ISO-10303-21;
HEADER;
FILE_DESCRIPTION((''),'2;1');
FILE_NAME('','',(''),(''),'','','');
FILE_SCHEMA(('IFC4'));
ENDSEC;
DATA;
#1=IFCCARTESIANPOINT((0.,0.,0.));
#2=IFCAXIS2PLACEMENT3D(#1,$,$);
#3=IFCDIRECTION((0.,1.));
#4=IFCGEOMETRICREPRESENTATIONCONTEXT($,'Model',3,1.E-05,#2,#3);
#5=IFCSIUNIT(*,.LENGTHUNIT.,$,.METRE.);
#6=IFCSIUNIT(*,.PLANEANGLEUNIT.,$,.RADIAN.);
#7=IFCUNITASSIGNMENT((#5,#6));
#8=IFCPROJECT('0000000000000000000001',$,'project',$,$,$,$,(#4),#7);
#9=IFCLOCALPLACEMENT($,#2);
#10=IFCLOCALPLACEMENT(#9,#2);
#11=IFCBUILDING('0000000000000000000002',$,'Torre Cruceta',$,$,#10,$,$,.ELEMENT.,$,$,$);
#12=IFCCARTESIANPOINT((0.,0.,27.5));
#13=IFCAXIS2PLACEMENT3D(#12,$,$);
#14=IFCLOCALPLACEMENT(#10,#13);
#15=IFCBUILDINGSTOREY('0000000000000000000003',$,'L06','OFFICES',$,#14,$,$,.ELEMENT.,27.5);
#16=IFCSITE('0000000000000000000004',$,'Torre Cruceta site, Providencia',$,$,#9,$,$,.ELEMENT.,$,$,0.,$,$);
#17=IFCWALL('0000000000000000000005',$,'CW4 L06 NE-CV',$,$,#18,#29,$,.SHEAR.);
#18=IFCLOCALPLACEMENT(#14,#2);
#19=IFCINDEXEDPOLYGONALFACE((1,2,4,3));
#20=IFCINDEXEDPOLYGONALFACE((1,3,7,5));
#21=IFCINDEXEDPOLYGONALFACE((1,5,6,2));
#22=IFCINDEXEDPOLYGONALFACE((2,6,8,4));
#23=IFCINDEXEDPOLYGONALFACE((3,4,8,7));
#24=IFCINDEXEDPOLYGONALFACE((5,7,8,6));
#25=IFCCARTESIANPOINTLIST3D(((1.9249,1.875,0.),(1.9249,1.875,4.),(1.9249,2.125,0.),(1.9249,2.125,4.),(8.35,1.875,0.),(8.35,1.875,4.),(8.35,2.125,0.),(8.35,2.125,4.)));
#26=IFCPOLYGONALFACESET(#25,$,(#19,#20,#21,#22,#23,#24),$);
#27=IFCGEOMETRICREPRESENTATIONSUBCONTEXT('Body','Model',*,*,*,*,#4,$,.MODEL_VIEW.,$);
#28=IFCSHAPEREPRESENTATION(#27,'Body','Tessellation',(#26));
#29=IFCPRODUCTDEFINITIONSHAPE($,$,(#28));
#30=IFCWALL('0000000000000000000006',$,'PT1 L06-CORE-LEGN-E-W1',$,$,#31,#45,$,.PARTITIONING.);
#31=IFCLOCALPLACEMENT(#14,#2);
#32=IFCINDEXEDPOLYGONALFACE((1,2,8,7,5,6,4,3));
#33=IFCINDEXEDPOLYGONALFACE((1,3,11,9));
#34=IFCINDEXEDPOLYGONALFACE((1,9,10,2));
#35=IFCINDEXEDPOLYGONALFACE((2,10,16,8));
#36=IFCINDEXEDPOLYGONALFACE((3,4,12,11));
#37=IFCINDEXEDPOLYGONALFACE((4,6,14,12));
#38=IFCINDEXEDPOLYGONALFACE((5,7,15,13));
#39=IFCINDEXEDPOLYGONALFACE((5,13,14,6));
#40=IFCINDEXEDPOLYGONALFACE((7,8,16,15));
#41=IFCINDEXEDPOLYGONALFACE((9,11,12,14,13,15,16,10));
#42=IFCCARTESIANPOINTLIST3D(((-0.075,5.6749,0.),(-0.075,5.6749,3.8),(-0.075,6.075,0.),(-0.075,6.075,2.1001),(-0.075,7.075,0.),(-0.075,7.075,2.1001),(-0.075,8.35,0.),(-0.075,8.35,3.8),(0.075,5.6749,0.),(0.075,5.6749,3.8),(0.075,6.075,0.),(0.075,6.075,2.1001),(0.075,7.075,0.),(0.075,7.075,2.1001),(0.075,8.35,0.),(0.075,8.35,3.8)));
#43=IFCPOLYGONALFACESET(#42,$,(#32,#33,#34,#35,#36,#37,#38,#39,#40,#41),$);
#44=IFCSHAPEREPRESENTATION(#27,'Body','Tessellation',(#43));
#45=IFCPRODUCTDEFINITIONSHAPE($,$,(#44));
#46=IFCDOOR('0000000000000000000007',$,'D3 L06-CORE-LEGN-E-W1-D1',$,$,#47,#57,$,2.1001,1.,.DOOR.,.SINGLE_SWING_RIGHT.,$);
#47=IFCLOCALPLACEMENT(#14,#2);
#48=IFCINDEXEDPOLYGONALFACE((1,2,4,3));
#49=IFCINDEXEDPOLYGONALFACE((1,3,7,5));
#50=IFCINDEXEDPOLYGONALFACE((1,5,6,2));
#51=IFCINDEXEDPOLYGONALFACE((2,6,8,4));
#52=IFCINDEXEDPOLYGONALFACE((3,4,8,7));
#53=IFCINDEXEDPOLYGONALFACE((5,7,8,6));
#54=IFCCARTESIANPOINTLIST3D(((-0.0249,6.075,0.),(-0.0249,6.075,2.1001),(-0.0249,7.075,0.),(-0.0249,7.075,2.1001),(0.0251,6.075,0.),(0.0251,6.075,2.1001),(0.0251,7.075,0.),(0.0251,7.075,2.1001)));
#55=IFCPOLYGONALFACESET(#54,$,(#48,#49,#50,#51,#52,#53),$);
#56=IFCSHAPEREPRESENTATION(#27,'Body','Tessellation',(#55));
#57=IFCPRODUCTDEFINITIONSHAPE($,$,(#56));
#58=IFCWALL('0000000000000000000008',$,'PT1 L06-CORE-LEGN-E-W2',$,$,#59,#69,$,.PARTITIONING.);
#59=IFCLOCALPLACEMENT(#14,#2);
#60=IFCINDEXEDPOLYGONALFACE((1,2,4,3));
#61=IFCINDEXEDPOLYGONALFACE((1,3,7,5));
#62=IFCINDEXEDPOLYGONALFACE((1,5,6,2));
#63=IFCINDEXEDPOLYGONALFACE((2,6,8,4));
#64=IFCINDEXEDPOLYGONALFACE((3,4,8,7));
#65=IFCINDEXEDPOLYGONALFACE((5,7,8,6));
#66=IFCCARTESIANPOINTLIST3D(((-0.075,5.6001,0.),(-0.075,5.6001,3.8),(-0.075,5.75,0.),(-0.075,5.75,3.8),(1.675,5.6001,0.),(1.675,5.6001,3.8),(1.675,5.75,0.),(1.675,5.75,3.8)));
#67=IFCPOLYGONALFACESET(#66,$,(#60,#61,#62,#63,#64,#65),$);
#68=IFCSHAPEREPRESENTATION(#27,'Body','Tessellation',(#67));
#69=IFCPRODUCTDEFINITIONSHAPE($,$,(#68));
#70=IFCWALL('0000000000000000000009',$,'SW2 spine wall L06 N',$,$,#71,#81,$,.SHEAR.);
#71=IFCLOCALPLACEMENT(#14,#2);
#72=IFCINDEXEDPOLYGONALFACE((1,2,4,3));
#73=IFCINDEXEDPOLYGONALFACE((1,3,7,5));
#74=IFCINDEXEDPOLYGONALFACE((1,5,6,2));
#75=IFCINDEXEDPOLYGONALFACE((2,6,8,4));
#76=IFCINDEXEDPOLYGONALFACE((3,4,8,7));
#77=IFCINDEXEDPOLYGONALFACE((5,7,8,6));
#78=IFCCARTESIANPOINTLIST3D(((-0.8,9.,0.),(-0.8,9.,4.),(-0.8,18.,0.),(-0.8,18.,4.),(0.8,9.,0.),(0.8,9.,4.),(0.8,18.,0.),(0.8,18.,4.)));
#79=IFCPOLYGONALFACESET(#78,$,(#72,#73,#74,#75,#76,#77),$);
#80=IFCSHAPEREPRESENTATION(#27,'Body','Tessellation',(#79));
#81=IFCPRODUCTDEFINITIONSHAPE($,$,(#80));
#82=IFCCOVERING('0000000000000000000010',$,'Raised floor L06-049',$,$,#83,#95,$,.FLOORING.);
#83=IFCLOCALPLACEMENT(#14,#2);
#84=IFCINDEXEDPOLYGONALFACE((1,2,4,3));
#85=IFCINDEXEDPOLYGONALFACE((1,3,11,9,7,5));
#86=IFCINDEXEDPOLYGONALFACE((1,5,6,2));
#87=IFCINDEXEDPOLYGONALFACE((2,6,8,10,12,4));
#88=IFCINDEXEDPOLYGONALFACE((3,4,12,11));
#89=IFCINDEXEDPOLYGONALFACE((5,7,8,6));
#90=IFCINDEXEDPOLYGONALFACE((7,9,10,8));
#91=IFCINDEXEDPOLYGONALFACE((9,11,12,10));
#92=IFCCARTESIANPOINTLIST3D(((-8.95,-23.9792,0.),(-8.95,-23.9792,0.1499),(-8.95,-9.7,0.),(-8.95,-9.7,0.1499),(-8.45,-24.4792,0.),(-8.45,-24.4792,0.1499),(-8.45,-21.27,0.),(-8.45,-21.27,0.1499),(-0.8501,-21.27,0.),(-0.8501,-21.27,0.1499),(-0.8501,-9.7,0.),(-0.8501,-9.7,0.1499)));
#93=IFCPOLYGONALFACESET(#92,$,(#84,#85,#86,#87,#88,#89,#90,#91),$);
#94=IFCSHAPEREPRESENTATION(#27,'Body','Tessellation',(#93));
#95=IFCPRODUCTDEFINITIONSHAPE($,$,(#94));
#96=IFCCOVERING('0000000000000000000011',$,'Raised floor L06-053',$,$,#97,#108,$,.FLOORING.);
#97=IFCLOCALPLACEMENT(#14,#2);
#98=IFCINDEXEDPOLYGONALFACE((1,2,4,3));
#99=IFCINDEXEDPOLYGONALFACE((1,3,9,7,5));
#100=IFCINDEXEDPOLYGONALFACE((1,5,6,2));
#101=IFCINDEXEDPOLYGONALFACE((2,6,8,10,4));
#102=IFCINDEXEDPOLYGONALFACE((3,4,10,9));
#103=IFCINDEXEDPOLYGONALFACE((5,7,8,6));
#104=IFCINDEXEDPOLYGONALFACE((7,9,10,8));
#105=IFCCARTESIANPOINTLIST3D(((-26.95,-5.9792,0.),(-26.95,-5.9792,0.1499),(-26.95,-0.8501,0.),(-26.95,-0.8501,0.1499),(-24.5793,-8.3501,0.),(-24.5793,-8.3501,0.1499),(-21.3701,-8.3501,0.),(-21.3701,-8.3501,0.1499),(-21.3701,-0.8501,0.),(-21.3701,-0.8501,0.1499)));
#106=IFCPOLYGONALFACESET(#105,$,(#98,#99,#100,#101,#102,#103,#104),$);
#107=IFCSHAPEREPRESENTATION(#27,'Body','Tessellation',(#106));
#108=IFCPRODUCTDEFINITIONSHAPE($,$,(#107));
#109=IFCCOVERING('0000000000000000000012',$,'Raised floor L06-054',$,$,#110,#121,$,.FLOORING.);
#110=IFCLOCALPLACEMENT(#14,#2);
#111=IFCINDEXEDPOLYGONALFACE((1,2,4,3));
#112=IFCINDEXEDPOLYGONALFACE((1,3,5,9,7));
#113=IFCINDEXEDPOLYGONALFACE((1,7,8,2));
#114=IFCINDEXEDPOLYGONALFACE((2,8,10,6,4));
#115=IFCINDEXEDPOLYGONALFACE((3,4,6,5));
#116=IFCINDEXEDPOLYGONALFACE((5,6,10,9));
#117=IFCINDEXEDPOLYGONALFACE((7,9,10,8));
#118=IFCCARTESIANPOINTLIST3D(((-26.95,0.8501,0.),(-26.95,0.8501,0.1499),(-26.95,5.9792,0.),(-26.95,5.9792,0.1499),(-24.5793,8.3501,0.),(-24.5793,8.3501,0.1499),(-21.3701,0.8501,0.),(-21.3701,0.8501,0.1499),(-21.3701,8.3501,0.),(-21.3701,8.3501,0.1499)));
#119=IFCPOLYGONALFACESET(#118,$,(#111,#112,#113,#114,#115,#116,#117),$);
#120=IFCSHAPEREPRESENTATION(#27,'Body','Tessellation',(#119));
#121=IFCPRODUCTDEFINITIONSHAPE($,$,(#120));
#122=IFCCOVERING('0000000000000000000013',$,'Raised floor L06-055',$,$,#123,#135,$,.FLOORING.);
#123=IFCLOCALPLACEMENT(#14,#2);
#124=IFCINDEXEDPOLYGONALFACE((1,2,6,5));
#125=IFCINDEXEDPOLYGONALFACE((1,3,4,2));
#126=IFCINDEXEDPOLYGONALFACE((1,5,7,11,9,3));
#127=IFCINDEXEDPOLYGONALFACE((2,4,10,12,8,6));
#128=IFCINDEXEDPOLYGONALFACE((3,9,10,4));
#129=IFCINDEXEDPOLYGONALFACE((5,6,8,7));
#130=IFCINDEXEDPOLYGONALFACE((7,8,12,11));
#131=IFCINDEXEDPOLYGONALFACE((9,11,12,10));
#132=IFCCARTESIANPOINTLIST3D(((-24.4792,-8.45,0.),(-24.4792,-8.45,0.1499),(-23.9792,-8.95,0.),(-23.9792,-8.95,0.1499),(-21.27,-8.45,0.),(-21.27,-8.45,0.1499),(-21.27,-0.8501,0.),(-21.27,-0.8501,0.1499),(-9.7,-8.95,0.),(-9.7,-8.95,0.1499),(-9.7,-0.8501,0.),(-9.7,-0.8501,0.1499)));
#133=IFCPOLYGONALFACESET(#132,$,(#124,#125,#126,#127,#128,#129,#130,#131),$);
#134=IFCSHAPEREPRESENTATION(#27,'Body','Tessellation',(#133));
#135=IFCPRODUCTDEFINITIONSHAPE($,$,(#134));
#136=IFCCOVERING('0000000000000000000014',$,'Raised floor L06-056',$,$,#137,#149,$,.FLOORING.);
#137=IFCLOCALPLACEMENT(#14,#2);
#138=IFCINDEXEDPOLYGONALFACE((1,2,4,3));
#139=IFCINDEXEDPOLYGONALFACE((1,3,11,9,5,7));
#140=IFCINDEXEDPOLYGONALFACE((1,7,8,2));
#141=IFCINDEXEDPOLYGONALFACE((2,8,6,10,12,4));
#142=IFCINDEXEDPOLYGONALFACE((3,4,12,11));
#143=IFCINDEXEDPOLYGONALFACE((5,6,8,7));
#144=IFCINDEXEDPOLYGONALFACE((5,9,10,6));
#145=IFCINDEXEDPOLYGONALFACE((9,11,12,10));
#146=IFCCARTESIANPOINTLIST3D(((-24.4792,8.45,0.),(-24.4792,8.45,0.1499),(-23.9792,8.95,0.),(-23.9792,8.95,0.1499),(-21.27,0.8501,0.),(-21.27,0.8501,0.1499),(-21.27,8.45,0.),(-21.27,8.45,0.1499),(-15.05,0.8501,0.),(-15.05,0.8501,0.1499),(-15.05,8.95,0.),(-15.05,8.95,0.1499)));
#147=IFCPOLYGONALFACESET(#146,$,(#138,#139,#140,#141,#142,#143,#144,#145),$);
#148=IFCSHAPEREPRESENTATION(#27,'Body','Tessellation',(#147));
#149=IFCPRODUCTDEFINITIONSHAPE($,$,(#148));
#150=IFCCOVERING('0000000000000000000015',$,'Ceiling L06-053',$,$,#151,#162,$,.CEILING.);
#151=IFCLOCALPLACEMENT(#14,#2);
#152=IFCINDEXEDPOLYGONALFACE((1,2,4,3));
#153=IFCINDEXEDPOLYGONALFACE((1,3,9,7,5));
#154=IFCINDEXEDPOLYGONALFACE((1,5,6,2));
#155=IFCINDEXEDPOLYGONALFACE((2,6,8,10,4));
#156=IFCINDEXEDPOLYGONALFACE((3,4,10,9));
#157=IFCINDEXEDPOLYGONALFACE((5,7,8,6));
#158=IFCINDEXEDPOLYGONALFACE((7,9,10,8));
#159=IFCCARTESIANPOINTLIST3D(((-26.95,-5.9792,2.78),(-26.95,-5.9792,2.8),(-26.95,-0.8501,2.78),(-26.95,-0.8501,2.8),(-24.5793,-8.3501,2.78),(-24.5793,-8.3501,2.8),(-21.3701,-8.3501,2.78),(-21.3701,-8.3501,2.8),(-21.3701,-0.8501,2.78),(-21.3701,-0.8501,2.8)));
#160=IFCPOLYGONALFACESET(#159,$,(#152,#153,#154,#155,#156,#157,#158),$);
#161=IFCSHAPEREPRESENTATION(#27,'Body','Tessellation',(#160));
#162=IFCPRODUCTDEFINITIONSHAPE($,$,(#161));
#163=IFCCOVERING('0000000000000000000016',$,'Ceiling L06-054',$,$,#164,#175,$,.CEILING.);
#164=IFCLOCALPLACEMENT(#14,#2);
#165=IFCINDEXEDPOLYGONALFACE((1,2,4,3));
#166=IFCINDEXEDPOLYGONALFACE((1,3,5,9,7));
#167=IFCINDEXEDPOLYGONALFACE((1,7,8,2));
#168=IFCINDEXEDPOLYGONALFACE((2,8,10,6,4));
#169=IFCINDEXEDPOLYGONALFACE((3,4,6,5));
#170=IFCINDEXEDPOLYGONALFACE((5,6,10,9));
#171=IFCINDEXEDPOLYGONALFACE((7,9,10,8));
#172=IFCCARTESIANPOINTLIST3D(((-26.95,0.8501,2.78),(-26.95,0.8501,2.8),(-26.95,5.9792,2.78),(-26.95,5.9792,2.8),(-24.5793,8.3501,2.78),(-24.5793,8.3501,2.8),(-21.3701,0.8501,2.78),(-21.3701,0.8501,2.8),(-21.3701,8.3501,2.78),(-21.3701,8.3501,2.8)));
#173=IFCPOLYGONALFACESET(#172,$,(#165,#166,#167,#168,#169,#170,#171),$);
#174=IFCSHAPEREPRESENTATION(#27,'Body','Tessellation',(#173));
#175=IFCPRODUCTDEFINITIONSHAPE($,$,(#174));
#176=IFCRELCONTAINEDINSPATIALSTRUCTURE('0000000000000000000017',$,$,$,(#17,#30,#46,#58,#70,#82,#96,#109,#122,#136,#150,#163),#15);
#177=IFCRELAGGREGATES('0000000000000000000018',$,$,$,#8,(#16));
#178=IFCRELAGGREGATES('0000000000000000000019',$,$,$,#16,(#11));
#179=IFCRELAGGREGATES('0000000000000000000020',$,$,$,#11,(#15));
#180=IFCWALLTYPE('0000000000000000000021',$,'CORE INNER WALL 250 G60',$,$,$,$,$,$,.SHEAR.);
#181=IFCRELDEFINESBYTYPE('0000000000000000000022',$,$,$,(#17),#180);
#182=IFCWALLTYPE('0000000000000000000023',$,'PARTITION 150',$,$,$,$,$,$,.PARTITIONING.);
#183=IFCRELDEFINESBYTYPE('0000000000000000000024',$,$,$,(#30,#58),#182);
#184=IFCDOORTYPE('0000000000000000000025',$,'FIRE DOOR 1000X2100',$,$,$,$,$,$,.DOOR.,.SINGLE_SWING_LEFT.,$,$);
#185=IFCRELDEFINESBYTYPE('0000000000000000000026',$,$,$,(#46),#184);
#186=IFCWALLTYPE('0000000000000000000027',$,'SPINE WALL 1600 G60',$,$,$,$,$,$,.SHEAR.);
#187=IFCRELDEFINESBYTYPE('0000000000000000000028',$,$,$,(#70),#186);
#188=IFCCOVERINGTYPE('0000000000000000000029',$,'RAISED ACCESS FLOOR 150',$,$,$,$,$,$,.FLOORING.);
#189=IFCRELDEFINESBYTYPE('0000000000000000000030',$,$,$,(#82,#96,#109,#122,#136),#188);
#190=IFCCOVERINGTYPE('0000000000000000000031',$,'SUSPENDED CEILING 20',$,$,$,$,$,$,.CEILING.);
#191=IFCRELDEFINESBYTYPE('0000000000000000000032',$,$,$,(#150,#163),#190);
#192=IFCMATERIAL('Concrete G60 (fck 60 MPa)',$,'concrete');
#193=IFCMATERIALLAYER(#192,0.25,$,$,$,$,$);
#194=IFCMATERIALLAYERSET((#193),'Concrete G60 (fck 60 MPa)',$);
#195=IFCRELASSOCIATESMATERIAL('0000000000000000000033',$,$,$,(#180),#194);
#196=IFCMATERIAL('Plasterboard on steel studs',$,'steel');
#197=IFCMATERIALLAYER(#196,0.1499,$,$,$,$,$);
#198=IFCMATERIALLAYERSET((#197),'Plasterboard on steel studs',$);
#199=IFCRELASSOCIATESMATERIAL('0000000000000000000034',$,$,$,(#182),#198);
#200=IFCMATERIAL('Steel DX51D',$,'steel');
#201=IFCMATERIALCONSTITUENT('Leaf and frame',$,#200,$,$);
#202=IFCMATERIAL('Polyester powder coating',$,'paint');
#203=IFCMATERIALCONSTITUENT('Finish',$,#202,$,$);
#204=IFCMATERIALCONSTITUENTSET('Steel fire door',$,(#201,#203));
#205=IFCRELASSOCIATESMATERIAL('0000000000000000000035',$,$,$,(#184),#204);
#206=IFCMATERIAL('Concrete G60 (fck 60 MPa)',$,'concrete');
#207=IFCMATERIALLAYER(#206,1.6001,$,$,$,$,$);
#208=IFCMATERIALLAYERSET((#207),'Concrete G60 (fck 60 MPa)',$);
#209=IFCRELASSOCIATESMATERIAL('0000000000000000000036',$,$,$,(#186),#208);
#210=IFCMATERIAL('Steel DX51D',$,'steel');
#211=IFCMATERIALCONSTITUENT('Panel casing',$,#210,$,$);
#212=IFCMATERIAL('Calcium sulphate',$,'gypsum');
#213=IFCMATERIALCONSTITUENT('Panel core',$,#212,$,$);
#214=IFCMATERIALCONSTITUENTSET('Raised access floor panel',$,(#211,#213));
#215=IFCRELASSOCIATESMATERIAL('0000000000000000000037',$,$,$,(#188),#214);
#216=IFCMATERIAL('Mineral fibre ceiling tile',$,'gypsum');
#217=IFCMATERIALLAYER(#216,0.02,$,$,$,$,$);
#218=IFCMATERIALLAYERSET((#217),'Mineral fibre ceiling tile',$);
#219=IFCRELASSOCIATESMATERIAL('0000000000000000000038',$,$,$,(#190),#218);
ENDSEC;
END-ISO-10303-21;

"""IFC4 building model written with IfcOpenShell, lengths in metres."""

from ifc_helpers import new_model, si_unit, direction, frame, frame_2d, origin, place, context, subcontext, project, spatial, polyline, rectangle, outline, extrude, material, layer, layer_set, constituent, constituent_set, type_object, element, fill, save


model = new_model("IFC4")

# Units and contexts
model_context = context("Model", 3, precision=1e-05, world=origin(), true_north=direction((0.0, 1.0)))
body_context = subcontext(model_context, "Body", "Model", "MODEL_VIEW")
ifc_project = project(units=[si_unit("LENGTHUNIT", "METRE"), si_unit("PLANEANGLEUNIT", "RADIAN")], contexts=[model_context])

# Site, building, storey
site_placement = place(None, origin())
site = spatial("IfcSite", under=ifc_project, at=site_placement, Name="Torre Cruceta site, Providencia", CompositionType="ELEMENT", RefElevation=0.0)
building_placement = place(site_placement, origin())
building = spatial("IfcBuilding", under=site, at=building_placement, Name="Torre Cruceta", CompositionType="ELEMENT")
storey_placement = place(building_placement, frame((0.0, 0.0, 27.5)))
storey = spatial("IfcBuildingStorey", under=building, at=storey_placement, Name="L06", Description="OFFICES", CompositionType="ELEMENT", Elevation=27.5)

# Shared definitions
ifc_material_1 = material(Name="Concrete G60 (fck 60 MPa)", Category="concrete")
ifc_layer_1 = layer(ifc_material_1, 0.25)
ifc_layer_set_1 = layer_set([ifc_layer_1], Name="Concrete G60 (fck 60 MPa)")
wall_type_1 = type_object("IfcWallType", Name="CORE INNER WALL 250 G60", PredefinedType="SHEAR", material=ifc_layer_set_1)

# Wall
wall_1_placement = place(storey_placement, frame((1.925, 2.0, 0.0), z_axis=(0.0, 0.0, 1.0), x_axis=(1.0, 0.0, 0.0)))
element("IfcWall", 1, at=wall_1_placement, inside=storey, type_object=wall_type_1, Name="CW4 L06 NE-CV", PredefinedType="SHEAR", context=body_context, shape_type="SweptSolid", body=[
    extrude(rectangle(XDim=6.425, YDim=0.25, at=frame_2d((3.2124, 0.0))), origin(), (0.0, 0.0, 1.0), 4.0),
])

# Wall, opening, door
ifc_material_2 = material(Name="Plasterboard on steel studs", Category="steel")
ifc_layer_2 = layer(ifc_material_2, 0.1499)
ifc_layer_set_2 = layer_set([ifc_layer_2], Name="Plasterboard on steel studs")
wall_type_2 = type_object("IfcWallType", Name="PARTITION 150", PredefinedType="PARTITIONING", material=ifc_layer_set_2)
wall_2_placement = place(storey_placement, frame((0.0, 5.675, 0.0), z_axis=(0.0, 0.0, 1.0), x_axis=(0.0, 1.0, 0.0)))
wall_2 = element("IfcWall", 2, at=wall_2_placement, inside=storey, type_object=wall_type_2, Name="PT1 L06-CORE-LEGN-E-W1", PredefinedType="PARTITIONING", context=body_context, shape_type="SweptSolid", body=[
    extrude(rectangle(XDim=2.675, YDim=0.1499, at=frame_2d((1.3374, 0.0))), origin(), (0.0, 0.0, 1.0), 3.8),
])
opening_1_placement = place(wall_2_placement, frame((0.3999, 0.0, 0.0)))
opening_1 = element("IfcOpeningElement", 3, at=opening_1_placement, cuts=wall_2, PredefinedType="OPENING", context=body_context, shape_type="SweptSolid", body=[
    extrude(rectangle(XDim=1.0, YDim=2.1001, at=frame_2d((0.5, 1.05))), frame((0.0, 0.085, 0.0), z_axis=(0.0, -1.0, 0.0), x_axis=(1.0, 0.0, 0.0)), (0.0, 0.0, 1.0), 0.1699),
])
ifc_material_3 = material(Name="Steel DX51D", Category="steel")
ifc_constituent_1 = constituent(ifc_material_3, Name="Leaf and frame")
ifc_material_4 = material(Name="Polyester powder coating", Category="paint")
ifc_constituent_2 = constituent(ifc_material_4, Name="Finish")
ifc_constituent_set_1 = constituent_set(constituents=[ifc_constituent_1, ifc_constituent_2], Name="Steel fire door")
door_type_1 = type_object("IfcDoorType", Name="FIRE DOOR 1000X2100", OperationType="SINGLE_SWING_LEFT", PredefinedType="DOOR", material=ifc_constituent_set_1)
door_1_placement = place(opening_1_placement, frame((1.0, 0.0, 0.0), z_axis=(0.0, 0.0, 1.0), x_axis=(-1.0, 0.0, 0.0)))
door_1 = element("IfcDoor", 4, at=door_1_placement, inside=storey, type_object=door_type_1, Name="D3 L06-CORE-LEGN-E-W1-D1", OperationType="SINGLE_SWING_RIGHT", OverallHeight=2.1001, OverallWidth=1.0, PredefinedType="DOOR", context=body_context, shape_type="SweptSolid", body=[
    extrude(rectangle(XDim=1.0, YDim=2.1001, at=frame_2d((0.5, 1.05))), frame((0.0, 0.0251, 0.0), z_axis=(0.0, -1.0, 0.0), x_axis=(1.0, 0.0, 0.0)), (0.0, 0.0, 1.0), 0.05),
])
fill(opening_1, door_1)

# Walls
wall_3_placement = place(storey_placement, frame((1.675, 5.675, 0.0), z_axis=(0.0, 0.0, 1.0), x_axis=(-1.0, 0.0, 0.0)))
element("IfcWall", 5, at=wall_3_placement, inside=storey, type_object=wall_type_2, Name="PT1 L06-CORE-LEGN-E-W2", PredefinedType="PARTITIONING", context=body_context, shape_type="SweptSolid", body=[
    extrude(rectangle(XDim=1.75, YDim=0.1499, at=frame_2d((0.875, 0.0))), origin(), (0.0, 0.0, 1.0), 3.8),
])
ifc_material_5 = material(Name="Concrete G60 (fck 60 MPa)", Category="concrete")
ifc_layer_3 = layer(ifc_material_5, 1.6001)
ifc_layer_set_3 = layer_set([ifc_layer_3], Name="Concrete G60 (fck 60 MPa)")
wall_type_3 = type_object("IfcWallType", Name="SPINE WALL 1600 G60", PredefinedType="SHEAR", material=ifc_layer_set_3)
wall_4_placement = place(storey_placement, frame((0.0, 9.0, 0.0), z_axis=(0.0, 0.0, 1.0), x_axis=(0.0, 1.0, 0.0)))
element("IfcWall", 6, at=wall_4_placement, inside=storey, type_object=wall_type_3, Name="SW2 spine wall L06 N", PredefinedType="SHEAR", context=body_context, shape_type="SweptSolid", body=[
    extrude(rectangle(XDim=9.0, YDim=1.6001, at=frame_2d((4.5, 0.0))), origin(), (0.0, 0.0, 1.0), 4.0),
])

# Coverings
ifc_material_6 = material(Name="Steel DX51D", Category="steel")
ifc_constituent_3 = constituent(ifc_material_6, Name="Panel casing")
ifc_material_7 = material(Name="Calcium sulphate", Category="gypsum")
ifc_constituent_4 = constituent(ifc_material_7, Name="Panel core")
ifc_constituent_set_2 = constituent_set(constituents=[ifc_constituent_3, ifc_constituent_4], Name="Raised access floor panel")
covering_type_1 = type_object("IfcCoveringType", Name="RAISED ACCESS FLOOR 150", PredefinedType="FLOORING", material=ifc_constituent_set_2)
covering_1_placement = place(storey_placement, origin())
element("IfcCovering", 7, at=covering_1_placement, inside=storey, type_object=covering_type_1, Name="Raised floor L06-049", PredefinedType="FLOORING", context=body_context, shape_type="SweptSolid", body=[
    extrude(outline(polyline([(-8.45, -21.27), (-8.45, -24.4792), (-8.95, -23.9792), (-8.95, -9.7), (-0.8501, -9.7), (-0.8501, -21.27), (-8.45, -21.27)])), origin(), (0.0, 0.0, 1.0), 0.1499),
])
covering_2_placement = place(storey_placement, origin())
element("IfcCovering", 8, at=covering_2_placement, inside=storey, type_object=covering_type_1, Name="Raised floor L06-053", PredefinedType="FLOORING", context=body_context, shape_type="SweptSolid", body=[
    extrude(outline(polyline([(-26.95, -0.8501), (-21.3701, -0.8501), (-21.3701, -8.3501), (-24.5793, -8.3501), (-26.95, -5.9792), (-26.95, -0.8501)])), origin(), (0.0, 0.0, 1.0), 0.1499),
])
covering_3_placement = place(storey_placement, origin())
element("IfcCovering", 9, at=covering_3_placement, inside=storey, type_object=covering_type_1, Name="Raised floor L06-054", PredefinedType="FLOORING", context=body_context, shape_type="SweptSolid", body=[
    extrude(outline(polyline([(-24.5793, 8.3501), (-21.3701, 8.3501), (-21.3701, 0.8501), (-26.95, 0.8501), (-26.95, 5.9792), (-24.5793, 8.3501)])), origin(), (0.0, 0.0, 1.0), 0.1499),
])
covering_4_placement = place(storey_placement, origin())
element("IfcCovering", 10, at=covering_4_placement, inside=storey, type_object=covering_type_1, Name="Raised floor L06-055", PredefinedType="FLOORING", context=body_context, shape_type="SweptSolid", body=[
    extrude(outline(polyline([(-21.27, -8.45), (-21.27, -0.8501), (-9.7, -0.8501), (-9.7, -8.95), (-23.9792, -8.95), (-24.4792, -8.45), (-21.27, -8.45)])), origin(), (0.0, 0.0, 1.0), 0.1499),
])
covering_5_placement = place(storey_placement, origin())
element("IfcCovering", 11, at=covering_5_placement, inside=storey, type_object=covering_type_1, Name="Raised floor L06-056", PredefinedType="FLOORING", context=body_context, shape_type="SweptSolid", body=[
    extrude(outline(polyline([(-21.27, 8.45), (-24.4792, 8.45), (-23.9792, 8.95), (-15.05, 8.95), (-15.05, 0.8501), (-21.27, 0.8501), (-21.27, 8.45)])), origin(), (0.0, 0.0, 1.0), 0.1499),
])
ifc_material_8 = material(Name="Mineral fibre ceiling tile", Category="gypsum")
ifc_layer_4 = layer(ifc_material_8, 0.02)
ifc_layer_set_4 = layer_set([ifc_layer_4], Name="Mineral fibre ceiling tile")
covering_type_2 = type_object("IfcCoveringType", Name="SUSPENDED CEILING 20", PredefinedType="CEILING", material=ifc_layer_set_4)
covering_6_placement = place(storey_placement, frame((0.0, 0.0, 2.78)))
element("IfcCovering", 12, at=covering_6_placement, inside=storey, type_object=covering_type_2, Name="Ceiling L06-053", PredefinedType="CEILING", context=body_context, shape_type="SweptSolid", body=[
    extrude(outline(polyline([(-26.95, -0.8501), (-21.3701, -0.8501), (-21.3701, -8.3501), (-24.5793, -8.3501), (-26.95, -5.9792), (-26.95, -0.8501)])), origin(), (0.0, 0.0, 1.0), 0.02),
])
covering_7_placement = place(storey_placement, frame((0.0, 0.0, 2.78)))
element("IfcCovering", 13, at=covering_7_placement, inside=storey, type_object=covering_type_2, Name="Ceiling L06-054", PredefinedType="CEILING", context=body_context, shape_type="SweptSolid", body=[
    extrude(outline(polyline([(-24.5793, 8.3501), (-21.3701, 8.3501), (-21.3701, 0.8501), (-26.95, 0.8501), (-26.95, 5.9792), (-24.5793, 8.3501)])), origin(), (0.0, 0.0, 1.0), 0.02),
])

save(model, "model.ifc")
